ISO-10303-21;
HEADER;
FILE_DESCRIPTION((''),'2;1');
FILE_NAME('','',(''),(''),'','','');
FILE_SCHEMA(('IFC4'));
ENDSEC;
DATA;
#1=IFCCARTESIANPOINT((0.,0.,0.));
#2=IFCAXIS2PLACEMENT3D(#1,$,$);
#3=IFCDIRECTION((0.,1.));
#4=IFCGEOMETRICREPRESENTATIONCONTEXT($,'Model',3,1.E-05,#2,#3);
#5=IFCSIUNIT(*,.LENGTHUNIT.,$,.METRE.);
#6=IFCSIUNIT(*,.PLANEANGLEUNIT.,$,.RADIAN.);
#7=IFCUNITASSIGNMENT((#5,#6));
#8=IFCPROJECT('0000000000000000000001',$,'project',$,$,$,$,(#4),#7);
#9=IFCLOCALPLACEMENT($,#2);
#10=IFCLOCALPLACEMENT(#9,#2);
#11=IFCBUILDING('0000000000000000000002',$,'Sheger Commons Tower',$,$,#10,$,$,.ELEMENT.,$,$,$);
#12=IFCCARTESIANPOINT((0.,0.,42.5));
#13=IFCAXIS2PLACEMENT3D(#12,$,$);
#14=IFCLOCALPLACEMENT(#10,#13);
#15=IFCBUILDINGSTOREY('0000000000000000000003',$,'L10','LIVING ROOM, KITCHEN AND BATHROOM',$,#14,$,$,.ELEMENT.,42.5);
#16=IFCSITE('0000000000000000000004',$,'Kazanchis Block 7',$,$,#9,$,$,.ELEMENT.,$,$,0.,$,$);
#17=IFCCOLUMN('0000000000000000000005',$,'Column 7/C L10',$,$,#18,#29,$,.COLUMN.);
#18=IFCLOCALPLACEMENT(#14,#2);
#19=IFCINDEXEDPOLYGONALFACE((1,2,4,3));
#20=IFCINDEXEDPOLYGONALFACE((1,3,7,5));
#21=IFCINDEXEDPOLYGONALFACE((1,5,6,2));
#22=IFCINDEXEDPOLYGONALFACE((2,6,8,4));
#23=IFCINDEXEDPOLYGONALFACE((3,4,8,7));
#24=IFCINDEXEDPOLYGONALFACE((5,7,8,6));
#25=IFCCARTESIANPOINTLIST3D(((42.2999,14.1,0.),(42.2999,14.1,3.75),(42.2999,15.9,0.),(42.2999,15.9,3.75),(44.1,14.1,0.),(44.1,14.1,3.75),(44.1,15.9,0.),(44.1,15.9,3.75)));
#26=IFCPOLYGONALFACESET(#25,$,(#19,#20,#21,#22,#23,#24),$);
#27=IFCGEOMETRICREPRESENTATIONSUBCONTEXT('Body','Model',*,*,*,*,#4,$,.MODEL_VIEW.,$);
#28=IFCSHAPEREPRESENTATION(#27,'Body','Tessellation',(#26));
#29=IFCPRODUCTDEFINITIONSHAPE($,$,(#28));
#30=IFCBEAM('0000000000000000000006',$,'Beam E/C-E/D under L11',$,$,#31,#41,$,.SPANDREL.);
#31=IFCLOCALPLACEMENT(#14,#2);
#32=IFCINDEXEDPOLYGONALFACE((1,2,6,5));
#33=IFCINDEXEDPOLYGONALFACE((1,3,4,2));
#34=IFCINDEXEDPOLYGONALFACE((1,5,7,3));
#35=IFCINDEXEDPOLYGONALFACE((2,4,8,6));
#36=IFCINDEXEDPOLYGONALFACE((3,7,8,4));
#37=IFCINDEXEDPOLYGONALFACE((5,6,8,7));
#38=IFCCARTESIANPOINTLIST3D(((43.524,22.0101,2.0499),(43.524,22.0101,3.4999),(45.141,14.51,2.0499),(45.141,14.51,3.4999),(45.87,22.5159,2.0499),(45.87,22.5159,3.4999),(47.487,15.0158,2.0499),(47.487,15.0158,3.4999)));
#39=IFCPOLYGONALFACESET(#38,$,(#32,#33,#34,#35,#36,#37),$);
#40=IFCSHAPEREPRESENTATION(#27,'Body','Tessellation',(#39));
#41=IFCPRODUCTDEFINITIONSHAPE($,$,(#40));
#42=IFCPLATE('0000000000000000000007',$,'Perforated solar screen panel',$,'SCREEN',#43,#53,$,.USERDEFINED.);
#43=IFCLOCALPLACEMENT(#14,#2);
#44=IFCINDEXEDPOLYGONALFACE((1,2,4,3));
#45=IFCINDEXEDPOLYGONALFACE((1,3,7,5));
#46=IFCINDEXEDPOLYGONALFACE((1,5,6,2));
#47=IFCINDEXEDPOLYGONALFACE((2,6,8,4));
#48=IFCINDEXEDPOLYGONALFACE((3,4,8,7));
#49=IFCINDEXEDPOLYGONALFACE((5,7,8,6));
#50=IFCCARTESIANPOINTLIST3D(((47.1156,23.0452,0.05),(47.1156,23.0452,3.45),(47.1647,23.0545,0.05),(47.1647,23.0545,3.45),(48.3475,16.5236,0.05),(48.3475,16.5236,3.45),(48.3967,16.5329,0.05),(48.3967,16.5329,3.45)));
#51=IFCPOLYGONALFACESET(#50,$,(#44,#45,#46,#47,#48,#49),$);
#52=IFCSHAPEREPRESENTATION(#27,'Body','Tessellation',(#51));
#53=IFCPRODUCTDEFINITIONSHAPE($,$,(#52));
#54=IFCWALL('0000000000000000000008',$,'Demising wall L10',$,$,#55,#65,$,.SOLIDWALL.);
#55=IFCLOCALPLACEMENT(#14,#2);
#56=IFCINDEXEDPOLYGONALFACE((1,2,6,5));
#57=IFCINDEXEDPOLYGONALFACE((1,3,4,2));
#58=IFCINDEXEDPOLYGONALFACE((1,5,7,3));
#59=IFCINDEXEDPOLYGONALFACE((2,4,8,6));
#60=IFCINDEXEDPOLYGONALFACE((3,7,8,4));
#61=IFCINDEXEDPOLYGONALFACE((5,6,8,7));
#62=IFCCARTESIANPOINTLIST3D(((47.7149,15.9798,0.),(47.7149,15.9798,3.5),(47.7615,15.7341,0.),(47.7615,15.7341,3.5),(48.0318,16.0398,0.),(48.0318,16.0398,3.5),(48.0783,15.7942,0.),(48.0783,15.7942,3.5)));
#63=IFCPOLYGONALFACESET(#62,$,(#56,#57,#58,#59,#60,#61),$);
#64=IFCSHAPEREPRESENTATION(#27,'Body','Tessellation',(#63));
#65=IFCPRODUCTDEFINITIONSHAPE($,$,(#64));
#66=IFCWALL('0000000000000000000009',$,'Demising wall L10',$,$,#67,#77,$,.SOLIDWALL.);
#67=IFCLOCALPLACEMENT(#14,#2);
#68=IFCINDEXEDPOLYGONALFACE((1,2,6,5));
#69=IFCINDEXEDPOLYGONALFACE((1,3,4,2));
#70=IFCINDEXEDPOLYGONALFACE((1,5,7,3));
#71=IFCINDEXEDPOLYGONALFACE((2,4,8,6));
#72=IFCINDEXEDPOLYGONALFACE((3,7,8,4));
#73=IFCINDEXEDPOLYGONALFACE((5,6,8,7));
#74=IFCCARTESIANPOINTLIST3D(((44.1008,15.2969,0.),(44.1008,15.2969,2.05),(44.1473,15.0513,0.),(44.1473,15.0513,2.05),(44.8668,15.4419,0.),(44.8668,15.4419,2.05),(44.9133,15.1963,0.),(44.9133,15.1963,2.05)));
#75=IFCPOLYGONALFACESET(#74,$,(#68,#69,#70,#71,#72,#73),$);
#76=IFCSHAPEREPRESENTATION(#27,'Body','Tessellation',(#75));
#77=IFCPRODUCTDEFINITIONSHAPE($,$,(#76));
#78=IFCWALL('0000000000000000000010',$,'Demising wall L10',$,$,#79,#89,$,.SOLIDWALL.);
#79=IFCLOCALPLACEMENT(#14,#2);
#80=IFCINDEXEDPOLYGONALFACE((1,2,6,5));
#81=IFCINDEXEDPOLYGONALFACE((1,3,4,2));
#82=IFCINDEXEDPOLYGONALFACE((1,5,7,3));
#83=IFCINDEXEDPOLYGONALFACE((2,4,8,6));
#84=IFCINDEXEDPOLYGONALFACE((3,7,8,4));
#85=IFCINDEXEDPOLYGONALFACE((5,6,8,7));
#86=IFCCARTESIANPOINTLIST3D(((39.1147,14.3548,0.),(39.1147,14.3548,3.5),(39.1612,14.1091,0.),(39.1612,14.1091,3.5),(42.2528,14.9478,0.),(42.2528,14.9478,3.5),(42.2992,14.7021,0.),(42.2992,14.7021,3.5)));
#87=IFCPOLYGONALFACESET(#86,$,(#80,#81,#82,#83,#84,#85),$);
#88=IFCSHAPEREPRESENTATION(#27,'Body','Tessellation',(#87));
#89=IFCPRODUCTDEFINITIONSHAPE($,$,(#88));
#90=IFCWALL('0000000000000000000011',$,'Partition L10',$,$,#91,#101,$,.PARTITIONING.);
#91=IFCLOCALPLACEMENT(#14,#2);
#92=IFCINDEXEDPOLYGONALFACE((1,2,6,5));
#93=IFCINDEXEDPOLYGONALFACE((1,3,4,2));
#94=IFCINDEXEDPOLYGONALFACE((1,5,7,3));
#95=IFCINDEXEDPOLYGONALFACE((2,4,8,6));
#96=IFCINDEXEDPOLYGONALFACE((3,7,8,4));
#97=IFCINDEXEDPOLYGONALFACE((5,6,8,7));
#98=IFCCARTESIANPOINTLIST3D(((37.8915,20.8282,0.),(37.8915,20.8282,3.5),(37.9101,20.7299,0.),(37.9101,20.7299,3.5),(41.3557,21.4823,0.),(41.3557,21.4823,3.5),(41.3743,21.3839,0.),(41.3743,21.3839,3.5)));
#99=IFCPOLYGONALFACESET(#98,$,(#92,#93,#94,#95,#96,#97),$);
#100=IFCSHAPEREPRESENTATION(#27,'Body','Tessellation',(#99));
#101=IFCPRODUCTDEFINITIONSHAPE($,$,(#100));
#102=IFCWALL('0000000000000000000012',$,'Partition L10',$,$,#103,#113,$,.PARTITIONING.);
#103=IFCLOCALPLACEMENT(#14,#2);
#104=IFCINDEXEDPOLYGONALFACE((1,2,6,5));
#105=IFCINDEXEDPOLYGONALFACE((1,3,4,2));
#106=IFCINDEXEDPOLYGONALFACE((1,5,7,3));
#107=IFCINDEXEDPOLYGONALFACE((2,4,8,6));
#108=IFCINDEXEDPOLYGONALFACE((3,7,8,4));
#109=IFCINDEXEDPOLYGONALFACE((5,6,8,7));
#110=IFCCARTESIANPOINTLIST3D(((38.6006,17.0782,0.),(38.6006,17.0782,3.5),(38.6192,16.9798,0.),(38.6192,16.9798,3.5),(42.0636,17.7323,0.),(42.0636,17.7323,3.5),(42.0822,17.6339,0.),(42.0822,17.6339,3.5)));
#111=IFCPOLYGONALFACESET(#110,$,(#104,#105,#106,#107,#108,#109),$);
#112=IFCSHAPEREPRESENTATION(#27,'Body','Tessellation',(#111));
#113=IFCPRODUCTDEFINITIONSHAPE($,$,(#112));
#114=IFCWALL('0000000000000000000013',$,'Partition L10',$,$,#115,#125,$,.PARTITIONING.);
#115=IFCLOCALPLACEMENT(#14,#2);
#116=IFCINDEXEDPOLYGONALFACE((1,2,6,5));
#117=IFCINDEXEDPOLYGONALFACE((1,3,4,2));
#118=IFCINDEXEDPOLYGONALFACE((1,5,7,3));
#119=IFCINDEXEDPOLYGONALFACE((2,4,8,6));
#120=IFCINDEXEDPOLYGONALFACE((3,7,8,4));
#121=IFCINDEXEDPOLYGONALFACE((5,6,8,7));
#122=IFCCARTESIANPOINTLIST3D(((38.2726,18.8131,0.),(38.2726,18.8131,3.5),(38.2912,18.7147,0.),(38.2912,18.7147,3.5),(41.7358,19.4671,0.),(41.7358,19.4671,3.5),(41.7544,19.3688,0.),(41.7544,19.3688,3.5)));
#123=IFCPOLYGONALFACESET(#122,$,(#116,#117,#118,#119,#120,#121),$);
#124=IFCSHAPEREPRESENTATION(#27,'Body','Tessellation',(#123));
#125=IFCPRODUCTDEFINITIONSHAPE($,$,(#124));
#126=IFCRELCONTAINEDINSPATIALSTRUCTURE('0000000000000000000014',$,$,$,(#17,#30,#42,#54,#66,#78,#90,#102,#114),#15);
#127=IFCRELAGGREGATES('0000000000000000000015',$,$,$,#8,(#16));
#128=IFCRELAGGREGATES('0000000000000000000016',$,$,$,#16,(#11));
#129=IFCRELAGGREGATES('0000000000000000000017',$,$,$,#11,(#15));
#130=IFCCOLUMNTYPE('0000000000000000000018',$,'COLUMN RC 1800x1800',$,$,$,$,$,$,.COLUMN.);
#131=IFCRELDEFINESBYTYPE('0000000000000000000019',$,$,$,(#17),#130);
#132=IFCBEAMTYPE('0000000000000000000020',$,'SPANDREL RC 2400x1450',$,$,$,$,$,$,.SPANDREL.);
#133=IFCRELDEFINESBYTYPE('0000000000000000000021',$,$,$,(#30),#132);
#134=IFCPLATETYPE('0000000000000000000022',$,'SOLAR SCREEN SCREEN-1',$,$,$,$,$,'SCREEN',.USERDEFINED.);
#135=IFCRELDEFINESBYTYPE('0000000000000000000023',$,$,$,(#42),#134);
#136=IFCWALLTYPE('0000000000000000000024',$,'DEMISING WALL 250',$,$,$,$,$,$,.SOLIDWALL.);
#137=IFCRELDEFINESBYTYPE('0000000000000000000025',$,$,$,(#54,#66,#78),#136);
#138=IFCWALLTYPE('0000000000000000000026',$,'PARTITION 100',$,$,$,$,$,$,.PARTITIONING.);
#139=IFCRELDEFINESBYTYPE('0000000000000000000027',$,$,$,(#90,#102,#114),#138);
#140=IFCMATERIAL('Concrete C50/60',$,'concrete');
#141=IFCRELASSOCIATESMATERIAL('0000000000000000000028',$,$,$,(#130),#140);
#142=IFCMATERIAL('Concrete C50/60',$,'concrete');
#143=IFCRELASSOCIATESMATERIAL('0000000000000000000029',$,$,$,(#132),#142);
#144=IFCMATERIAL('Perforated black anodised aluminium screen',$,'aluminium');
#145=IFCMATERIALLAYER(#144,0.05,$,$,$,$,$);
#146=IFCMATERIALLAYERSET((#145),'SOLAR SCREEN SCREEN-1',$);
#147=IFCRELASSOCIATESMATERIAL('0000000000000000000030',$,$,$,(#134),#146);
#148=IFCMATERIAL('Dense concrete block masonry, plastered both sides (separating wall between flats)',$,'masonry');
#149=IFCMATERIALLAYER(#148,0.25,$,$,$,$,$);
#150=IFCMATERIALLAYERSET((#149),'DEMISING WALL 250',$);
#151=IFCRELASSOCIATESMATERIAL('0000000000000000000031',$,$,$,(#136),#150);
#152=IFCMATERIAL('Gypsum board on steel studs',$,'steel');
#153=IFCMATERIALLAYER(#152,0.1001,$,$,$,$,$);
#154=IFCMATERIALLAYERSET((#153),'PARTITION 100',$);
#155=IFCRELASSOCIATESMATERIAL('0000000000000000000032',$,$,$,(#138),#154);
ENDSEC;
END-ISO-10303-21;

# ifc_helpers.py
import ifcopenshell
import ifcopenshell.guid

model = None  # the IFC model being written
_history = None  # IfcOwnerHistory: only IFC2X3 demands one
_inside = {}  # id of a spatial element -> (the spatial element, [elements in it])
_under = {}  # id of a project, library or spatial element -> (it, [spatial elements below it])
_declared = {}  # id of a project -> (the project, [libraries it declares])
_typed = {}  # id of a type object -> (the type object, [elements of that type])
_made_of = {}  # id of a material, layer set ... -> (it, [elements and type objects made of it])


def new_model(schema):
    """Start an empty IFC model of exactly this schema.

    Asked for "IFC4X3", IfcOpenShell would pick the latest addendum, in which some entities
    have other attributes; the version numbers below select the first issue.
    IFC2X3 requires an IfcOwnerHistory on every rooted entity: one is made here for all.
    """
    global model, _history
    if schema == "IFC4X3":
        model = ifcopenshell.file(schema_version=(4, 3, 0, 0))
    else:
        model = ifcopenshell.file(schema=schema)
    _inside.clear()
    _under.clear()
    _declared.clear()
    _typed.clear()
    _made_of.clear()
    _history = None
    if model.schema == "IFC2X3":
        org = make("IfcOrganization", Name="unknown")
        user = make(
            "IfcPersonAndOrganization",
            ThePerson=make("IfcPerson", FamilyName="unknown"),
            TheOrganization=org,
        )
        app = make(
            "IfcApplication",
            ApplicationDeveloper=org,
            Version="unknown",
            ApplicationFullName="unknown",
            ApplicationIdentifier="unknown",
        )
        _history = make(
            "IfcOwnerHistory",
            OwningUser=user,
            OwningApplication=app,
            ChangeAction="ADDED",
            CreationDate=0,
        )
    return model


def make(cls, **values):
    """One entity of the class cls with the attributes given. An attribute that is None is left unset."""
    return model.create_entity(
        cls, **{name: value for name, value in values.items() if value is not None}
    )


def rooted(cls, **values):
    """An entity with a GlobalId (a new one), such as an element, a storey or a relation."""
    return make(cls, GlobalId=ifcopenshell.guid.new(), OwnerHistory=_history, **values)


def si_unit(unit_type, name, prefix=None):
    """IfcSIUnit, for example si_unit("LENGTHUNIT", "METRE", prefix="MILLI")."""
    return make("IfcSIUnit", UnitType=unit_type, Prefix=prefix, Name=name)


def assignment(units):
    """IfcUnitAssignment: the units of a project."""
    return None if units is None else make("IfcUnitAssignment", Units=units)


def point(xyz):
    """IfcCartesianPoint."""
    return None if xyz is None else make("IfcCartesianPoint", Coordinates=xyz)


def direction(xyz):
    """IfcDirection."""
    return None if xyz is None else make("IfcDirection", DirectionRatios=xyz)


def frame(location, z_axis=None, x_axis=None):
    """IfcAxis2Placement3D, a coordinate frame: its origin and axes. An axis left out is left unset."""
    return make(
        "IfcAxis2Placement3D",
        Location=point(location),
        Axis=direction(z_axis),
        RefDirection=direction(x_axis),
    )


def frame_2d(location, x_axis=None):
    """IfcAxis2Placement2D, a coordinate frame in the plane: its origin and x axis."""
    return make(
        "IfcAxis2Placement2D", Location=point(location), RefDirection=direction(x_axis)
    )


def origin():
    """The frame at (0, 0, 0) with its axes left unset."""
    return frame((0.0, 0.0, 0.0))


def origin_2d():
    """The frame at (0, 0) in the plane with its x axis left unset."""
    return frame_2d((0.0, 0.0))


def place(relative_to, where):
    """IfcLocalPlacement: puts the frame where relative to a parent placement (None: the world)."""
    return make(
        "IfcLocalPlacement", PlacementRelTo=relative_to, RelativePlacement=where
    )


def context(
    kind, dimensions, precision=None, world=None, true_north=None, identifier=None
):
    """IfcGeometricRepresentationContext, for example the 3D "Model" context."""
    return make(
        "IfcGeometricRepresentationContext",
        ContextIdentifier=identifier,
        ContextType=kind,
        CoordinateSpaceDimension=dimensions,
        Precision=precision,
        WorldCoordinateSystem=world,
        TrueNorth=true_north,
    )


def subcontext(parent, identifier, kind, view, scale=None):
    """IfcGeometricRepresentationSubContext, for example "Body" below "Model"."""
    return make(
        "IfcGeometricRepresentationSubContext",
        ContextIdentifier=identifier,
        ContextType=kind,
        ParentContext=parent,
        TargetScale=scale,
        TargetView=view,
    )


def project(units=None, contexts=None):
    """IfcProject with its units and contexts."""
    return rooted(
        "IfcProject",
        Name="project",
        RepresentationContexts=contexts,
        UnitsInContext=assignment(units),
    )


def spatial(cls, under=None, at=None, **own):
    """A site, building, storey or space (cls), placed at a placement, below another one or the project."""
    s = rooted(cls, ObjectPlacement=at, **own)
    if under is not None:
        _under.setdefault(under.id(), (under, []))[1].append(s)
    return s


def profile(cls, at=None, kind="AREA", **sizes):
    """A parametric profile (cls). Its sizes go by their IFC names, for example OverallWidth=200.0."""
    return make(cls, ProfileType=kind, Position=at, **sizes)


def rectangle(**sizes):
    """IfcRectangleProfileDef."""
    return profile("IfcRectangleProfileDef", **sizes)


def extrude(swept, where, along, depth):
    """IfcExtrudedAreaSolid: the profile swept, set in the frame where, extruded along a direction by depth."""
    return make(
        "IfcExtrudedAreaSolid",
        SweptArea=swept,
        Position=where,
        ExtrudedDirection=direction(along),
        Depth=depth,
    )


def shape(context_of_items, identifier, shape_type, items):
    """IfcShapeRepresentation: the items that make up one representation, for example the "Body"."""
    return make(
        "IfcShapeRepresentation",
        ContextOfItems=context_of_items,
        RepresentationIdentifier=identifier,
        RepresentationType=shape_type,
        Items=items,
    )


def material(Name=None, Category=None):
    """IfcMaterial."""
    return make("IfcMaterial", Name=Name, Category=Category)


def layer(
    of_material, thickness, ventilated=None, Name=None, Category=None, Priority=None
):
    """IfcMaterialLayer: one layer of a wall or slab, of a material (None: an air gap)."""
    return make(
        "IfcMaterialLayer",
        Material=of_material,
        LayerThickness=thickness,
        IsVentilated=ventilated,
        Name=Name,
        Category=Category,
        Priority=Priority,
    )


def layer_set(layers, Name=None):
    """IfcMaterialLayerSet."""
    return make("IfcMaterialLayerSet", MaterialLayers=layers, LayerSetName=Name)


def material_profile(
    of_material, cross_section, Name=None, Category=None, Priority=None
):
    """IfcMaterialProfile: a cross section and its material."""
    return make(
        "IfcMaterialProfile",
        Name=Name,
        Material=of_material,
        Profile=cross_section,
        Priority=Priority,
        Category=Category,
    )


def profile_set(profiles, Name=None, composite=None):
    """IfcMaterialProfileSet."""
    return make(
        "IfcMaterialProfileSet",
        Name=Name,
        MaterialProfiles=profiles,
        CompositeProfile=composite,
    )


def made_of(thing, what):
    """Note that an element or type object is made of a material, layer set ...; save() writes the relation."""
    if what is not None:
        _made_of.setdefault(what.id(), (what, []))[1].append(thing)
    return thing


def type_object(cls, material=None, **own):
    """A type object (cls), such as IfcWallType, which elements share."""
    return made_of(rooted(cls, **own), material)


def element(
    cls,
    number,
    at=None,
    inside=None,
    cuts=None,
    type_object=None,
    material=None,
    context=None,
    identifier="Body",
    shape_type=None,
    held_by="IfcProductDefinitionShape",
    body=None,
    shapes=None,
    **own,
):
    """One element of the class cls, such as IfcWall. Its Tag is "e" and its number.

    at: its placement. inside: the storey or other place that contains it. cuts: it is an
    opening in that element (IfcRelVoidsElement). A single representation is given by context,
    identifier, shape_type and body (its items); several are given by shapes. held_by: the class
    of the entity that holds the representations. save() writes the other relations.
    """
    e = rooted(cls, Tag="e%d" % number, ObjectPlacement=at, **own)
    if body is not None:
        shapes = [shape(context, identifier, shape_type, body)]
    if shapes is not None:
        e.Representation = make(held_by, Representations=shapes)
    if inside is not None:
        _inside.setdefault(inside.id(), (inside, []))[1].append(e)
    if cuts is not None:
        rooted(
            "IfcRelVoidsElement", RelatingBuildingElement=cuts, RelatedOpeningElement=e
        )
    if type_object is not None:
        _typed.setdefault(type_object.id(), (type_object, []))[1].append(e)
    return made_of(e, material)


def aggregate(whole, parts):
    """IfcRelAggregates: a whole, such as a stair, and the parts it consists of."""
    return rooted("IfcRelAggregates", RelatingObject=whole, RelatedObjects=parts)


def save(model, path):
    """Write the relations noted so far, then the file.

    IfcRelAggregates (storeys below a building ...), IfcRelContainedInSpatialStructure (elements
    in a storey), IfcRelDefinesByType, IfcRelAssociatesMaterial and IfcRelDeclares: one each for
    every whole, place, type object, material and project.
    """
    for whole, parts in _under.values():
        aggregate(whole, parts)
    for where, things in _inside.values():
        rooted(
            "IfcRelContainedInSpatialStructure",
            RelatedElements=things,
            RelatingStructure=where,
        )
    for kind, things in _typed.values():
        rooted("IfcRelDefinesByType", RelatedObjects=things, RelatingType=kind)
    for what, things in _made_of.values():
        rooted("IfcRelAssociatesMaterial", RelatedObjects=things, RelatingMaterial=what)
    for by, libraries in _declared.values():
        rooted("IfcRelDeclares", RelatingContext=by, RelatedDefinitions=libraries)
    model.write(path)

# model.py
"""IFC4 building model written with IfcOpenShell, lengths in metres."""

from ifc_helpers import new_model, si_unit, direction, frame, frame_2d, origin, origin_2d, place, context, subcontext, project, spatial, rectangle, extrude, material, layer, layer_set, material_profile, profile_set, type_object, element, save


model = new_model("IFC4")

# Units and contexts
model_context = context("Model", 3, precision=1e-05, world=origin(), true_north=direction((0.0, 1.0)))
body_context = subcontext(model_context, "Body", "Model", "MODEL_VIEW")
ifc_project = project(units=[si_unit("LENGTHUNIT", "METRE"), si_unit("PLANEANGLEUNIT", "RADIAN")], contexts=[model_context])

# Site, building, storey
site_placement = place(None, origin())
site = spatial("IfcSite", under=ifc_project, at=site_placement, Name="Kazanchis Block 7", CompositionType="ELEMENT", RefElevation=0.0)
building_placement = place(site_placement, origin())
building = spatial("IfcBuilding", under=site, at=building_placement, Name="Sheger Commons Tower", CompositionType="ELEMENT")
storey_placement = place(building_placement, frame((0.0, 0.0, 42.5)))
storey = spatial("IfcBuildingStorey", under=building, at=storey_placement, Name="L10", Description="LIVING ROOM, KITCHEN AND BATHROOM", CompositionType="ELEMENT", Elevation=42.5)

# Column
ifc_material_1 = material(Name="Concrete C50/60", Category="concrete")
ifc_material_profile_1 = material_profile(ifc_material_1, rectangle(XDim=1.8, YDim=1.8, at=origin_2d()), Name="RC 1800x1800")
ifc_profile_set_1 = profile_set([ifc_material_profile_1], Name="Concrete C50/60")
column_type = type_object("IfcColumnType", Name="COLUMN RC 1800x1800", PredefinedType="COLUMN", material=ifc_profile_set_1)
column_placement = place(storey_placement, frame((43.2, 15.0, 0.0), z_axis=(0.0, 0.0, 1.0), x_axis=(1.0, 0.0, 0.0)))
element("IfcColumn", 1, at=column_placement, inside=storey, type_object=column_type, Name="Column 7/C L10", PredefinedType="COLUMN", context=body_context, shape_type="SweptSolid", body=[
    extrude(rectangle(XDim=1.8, YDim=1.8, at=origin_2d()), origin(), (0.0, 0.0, 1.0), 3.75),
])

# Beam
ifc_material_2 = material(Name="Concrete C50/60", Category="concrete")
ifc_material_profile_2 = material_profile(ifc_material_2, rectangle(XDim=2.3999, YDim=1.45, at=origin_2d()), Name="RC 2400x1450")
ifc_profile_set_2 = profile_set([ifc_material_profile_2], Name="Concrete C50/60")
beam_type = type_object("IfcBeamType", Name="SPANDREL RC 2400x1450", PredefinedType="SPANDREL", material=ifc_profile_set_2)
beam_placement = place(storey_placement, frame((46.314, 14.7629, 2.7749), z_axis=(-0.21075, 0.97754, 0.0), x_axis=(-0.97754, -0.21075, 0.0)))
element("IfcBeam", 2, at=beam_placement, inside=storey, type_object=beam_type, Name="Beam E/C-E/D under L11", PredefinedType="SPANDREL", context=body_context, shape_type="SweptSolid", body=[
    extrude(rectangle(XDim=2.3999, YDim=1.45, at=origin_2d()), origin(), (0.0, 0.0, 1.0), 7.6724),
])

# Plate
ifc_material_3 = material(Name="Perforated black anodised aluminium screen", Category="aluminium")
ifc_layer_1 = layer(ifc_material_3, 0.05)
ifc_layer_set_1 = layer_set([ifc_layer_1], Name="SOLAR SCREEN SCREEN-1")
plate_type = type_object("IfcPlateType", Name="SOLAR SCREEN SCREEN-1", ElementType="SCREEN", PredefinedType="USERDEFINED", material=ifc_layer_set_1)
plate_placement = place(storey_placement, frame((47.7561, 19.7891, 0.05), z_axis=(0.0, 0.0, 1.0), x_axis=(-0.185615, 0.982623, 0.0)))
element("IfcPlate", 3, at=plate_placement, inside=storey, type_object=plate_type, Name="Perforated solar screen panel", ObjectType="SCREEN", PredefinedType="USERDEFINED", context=body_context, shape_type="SweptSolid", body=[
    extrude(rectangle(XDim=6.637, YDim=0.05, at=origin_2d()), origin(), (0.0, 0.0, 1.0), 3.3999),
])

# Walls
ifc_material_4 = material(Name="Dense concrete block masonry, plastered both sides (separating wall between flats)", Category="masonry")
ifc_layer_2 = layer(ifc_material_4, 0.25)
ifc_layer_set_2 = layer_set([ifc_layer_2], Name="DEMISING WALL 250")
wall_type_1 = type_object("IfcWallType", Name="DEMISING WALL 250", PredefinedType="SOLIDWALL", material=ifc_layer_set_2)
wall_1_placement = place(storey_placement, frame((48.0549, 15.917, 0.0), z_axis=(0.0, 0.0, 1.0), x_axis=(-0.98251, -0.186208, 0.0)))
element("IfcWall", 4, at=wall_1_placement, inside=storey, type_object=wall_type_1, Name="Demising wall L10", PredefinedType="SOLIDWALL", context=body_context, shape_type="SweptSolid", body=[
    extrude(rectangle(XDim=0.3225, YDim=0.25, at=frame_2d((0.1611, 0.0))), origin(), (0.0, 0.0, 1.0), 3.5),
])
wall_2_placement = place(storey_placement, frame((44.8899, 15.3191, 0.0), z_axis=(0.0, 0.0, 1.0), x_axis=(-0.982541, -0.186047, 0.0)))
element("IfcWall", 5, at=wall_2_placement, inside=storey, type_object=wall_type_1, Name="Demising wall L10", PredefinedType="SOLIDWALL", context=body_context, shape_type="SweptSolid", body=[
    extrude(rectangle(XDim=0.7795, YDim=0.25, at=frame_2d((0.3896, 0.0))), origin(), (0.0, 0.0, 1.0), 2.05),
])
wall_3_placement = place(storey_placement, frame((42.2759, 14.825, 0.0), z_axis=(0.0, 0.0, 1.0), x_axis=(-0.982607, -0.185696, 0.0)))
element("IfcWall", 6, at=wall_3_placement, inside=storey, type_object=wall_type_1, Name="Demising wall L10", PredefinedType="SOLIDWALL", context=body_context, shape_type="SweptSolid", body=[
    extrude(rectangle(XDim=3.1936, YDim=0.25, at=frame_2d((1.5967, 0.0))), origin(), (0.0, 0.0, 1.0), 3.5),
])
ifc_material_5 = material(Name="Gypsum board on steel studs", Category="steel")
ifc_layer_3 = layer(ifc_material_5, 0.1001)
ifc_layer_set_3 = layer_set([ifc_layer_3], Name="PARTITION 100")
wall_type_2 = type_object("IfcWallType", Name="PARTITION 100", PredefinedType="PARTITIONING", material=ifc_layer_set_3)
wall_4_placement = place(storey_placement, frame((41.365, 21.4331, 0.0), z_axis=(0.0, 0.0, 1.0), x_axis=(-0.982639, -0.18553, 0.0)))
element("IfcWall", 7, at=wall_4_placement, inside=storey, type_object=wall_type_2, Name="Partition L10", PredefinedType="PARTITIONING", context=body_context, shape_type="SweptSolid", body=[
    extrude(rectangle(XDim=3.5254, YDim=0.1001, at=frame_2d((1.7627, 0.0))), origin(), (0.0, 0.0, 1.0), 3.5),
])
wall_5_placement = place(storey_placement, frame((42.073, 17.6831, 0.0), z_axis=(0.0, 0.0, 1.0), x_axis=(-0.982627, -0.185593, 0.0)))
element("IfcWall", 8, at=wall_5_placement, inside=storey, type_object=wall_type_2, Name="Partition L10", PredefinedType="PARTITIONING", context=body_context, shape_type="SweptSolid", body=[
    extrude(rectangle(XDim=3.5242, YDim=0.1001, at=frame_2d((1.7622, 0.0))), origin(), (0.0, 0.0, 1.0), 3.5),
])
wall_6_placement = place(storey_placement, frame((41.7451, 19.418, 0.0), z_axis=(0.0, 0.0, 1.0), x_axis=(-0.982629, -0.185581, 0.0)))
element("IfcWall", 9, at=wall_6_placement, inside=storey, type_object=wall_type_2, Name="Partition L10", PredefinedType="PARTITIONING", context=body_context, shape_type="SweptSolid", body=[
    extrude(rectangle(XDim=3.5244, YDim=0.1001, at=frame_2d((1.7622, 0.0))), origin(), (0.0, 0.0, 1.0), 3.5),
])

save(model, "model.ifc")
